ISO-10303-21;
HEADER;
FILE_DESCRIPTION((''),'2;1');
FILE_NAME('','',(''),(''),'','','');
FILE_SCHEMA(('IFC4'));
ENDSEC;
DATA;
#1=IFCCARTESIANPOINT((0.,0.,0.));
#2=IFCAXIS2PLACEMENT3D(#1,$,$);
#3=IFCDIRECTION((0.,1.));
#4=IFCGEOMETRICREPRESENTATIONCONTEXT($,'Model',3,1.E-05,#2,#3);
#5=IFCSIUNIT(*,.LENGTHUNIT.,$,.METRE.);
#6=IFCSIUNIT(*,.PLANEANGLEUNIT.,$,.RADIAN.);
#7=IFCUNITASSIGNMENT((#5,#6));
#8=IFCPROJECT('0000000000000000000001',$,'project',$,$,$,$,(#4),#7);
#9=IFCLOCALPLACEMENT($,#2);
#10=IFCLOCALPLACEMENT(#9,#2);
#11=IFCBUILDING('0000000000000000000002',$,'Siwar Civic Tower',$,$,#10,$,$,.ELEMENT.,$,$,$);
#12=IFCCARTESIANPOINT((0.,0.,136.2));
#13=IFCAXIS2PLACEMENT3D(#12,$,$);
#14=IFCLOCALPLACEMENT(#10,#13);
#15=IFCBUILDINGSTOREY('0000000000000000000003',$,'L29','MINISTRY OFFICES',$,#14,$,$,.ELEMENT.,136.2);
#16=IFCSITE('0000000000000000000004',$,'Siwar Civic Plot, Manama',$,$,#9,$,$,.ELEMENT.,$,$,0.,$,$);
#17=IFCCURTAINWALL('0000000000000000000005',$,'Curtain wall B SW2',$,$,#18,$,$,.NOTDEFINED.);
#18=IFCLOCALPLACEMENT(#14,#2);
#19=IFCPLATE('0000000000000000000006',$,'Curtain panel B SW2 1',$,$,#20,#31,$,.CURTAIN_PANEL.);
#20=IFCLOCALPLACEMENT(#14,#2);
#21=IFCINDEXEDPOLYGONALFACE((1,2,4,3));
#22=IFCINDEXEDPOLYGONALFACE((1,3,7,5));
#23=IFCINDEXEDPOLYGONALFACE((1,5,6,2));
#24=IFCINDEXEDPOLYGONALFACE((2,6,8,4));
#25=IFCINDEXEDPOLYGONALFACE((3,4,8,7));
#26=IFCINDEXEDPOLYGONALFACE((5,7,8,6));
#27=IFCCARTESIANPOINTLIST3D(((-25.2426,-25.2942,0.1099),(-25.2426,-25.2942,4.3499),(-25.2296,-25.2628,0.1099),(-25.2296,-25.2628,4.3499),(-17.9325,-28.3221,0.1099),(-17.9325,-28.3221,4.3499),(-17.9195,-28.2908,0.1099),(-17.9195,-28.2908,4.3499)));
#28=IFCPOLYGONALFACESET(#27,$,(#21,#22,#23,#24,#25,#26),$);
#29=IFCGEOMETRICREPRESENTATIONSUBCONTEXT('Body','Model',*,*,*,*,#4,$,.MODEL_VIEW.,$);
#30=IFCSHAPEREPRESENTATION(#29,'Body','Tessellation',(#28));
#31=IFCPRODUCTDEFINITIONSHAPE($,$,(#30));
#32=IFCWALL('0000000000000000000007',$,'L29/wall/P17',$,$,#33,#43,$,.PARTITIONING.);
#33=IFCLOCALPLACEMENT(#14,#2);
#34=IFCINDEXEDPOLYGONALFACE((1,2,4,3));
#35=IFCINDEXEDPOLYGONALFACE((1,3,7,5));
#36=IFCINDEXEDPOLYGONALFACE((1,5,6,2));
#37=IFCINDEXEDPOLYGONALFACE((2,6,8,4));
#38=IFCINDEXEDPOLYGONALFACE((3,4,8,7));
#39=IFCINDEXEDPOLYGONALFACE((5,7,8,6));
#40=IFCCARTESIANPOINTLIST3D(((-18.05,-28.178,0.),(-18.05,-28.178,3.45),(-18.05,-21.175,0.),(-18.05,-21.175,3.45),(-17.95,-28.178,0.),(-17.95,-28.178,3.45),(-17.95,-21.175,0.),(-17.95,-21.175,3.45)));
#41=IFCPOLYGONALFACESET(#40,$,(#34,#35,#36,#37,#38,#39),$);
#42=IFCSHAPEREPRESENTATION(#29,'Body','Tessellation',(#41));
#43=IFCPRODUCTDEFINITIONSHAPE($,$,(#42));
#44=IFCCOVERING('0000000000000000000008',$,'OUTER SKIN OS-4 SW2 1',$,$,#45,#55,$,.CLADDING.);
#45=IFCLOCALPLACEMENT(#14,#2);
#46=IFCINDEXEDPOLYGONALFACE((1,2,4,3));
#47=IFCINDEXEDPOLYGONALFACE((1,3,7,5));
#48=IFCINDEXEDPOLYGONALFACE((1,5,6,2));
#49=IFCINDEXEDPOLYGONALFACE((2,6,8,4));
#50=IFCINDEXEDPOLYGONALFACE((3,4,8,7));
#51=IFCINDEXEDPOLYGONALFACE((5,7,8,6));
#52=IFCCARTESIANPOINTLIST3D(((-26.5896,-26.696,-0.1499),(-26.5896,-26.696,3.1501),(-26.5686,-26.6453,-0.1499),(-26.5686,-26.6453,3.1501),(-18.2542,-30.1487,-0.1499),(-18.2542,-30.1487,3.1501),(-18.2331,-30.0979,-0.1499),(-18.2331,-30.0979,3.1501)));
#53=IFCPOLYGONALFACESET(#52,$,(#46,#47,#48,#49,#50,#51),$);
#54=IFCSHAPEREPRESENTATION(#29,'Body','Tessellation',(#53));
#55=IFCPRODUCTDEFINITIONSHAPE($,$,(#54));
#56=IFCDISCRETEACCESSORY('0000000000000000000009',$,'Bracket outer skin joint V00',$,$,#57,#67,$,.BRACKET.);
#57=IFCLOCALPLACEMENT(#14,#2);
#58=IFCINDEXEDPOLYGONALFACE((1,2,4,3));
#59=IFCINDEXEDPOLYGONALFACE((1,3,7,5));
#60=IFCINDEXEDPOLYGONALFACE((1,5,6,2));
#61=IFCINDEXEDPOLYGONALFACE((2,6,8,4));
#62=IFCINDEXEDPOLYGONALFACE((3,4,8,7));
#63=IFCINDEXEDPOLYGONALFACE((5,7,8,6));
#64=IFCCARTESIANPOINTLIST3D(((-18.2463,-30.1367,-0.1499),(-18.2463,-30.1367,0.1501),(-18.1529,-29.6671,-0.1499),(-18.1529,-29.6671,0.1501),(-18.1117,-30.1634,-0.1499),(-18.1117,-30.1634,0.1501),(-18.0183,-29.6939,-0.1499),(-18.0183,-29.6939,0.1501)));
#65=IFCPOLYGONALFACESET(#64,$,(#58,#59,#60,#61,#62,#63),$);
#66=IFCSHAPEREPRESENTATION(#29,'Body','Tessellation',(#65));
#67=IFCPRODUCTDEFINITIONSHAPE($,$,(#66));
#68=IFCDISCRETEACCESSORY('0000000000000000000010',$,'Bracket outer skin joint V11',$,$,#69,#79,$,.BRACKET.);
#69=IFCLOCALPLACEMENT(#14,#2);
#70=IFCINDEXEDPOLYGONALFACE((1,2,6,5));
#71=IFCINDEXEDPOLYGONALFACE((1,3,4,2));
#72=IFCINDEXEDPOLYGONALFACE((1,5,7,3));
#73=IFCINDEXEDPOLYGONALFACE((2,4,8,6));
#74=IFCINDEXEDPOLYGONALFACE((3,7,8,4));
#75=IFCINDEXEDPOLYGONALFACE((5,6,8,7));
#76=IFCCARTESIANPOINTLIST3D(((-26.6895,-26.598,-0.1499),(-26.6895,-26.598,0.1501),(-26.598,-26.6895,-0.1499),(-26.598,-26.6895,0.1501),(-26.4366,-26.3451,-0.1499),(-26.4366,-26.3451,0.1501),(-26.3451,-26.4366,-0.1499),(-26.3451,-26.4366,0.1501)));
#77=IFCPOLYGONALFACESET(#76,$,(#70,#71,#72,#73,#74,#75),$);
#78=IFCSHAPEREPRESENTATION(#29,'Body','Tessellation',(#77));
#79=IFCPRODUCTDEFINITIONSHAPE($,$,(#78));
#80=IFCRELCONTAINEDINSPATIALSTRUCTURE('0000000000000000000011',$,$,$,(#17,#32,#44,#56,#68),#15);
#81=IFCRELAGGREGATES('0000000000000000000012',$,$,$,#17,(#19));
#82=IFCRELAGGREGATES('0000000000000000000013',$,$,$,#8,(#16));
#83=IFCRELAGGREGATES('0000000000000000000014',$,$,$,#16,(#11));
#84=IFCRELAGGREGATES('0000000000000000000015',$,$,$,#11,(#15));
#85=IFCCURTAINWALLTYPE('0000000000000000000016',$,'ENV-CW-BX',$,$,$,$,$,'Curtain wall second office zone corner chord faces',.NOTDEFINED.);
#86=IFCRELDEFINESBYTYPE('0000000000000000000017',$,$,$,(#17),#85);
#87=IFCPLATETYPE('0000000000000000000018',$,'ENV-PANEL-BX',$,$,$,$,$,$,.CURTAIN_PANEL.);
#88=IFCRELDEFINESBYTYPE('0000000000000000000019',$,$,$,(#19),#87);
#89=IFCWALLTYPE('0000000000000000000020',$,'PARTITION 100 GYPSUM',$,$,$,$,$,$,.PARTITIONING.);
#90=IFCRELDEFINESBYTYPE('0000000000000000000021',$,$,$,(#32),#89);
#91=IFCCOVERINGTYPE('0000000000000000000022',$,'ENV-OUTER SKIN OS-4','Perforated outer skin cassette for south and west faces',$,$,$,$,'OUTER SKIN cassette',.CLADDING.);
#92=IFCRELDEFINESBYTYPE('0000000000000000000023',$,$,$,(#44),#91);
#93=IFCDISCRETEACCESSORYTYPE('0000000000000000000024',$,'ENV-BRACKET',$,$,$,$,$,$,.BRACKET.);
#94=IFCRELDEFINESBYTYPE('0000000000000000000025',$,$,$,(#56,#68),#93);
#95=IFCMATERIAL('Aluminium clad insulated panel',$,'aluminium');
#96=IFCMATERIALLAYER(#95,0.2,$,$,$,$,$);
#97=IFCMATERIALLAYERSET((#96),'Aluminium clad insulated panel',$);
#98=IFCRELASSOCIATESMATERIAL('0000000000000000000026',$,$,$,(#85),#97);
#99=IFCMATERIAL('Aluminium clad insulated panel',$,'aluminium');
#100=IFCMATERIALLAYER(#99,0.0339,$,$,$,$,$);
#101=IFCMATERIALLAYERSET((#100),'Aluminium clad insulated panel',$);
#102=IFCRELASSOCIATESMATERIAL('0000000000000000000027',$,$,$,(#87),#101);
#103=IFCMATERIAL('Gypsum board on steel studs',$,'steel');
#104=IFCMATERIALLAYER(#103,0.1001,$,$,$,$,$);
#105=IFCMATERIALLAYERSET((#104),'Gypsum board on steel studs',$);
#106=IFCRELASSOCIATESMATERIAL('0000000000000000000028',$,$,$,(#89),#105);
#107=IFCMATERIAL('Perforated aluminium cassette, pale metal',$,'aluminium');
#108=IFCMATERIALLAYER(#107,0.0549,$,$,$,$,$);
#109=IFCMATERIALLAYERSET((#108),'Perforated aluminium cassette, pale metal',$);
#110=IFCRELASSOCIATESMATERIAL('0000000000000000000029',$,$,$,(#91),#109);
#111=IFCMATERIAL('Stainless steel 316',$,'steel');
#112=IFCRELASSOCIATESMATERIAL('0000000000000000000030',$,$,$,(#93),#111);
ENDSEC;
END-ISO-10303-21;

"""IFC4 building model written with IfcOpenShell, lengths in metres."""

from ifc_helpers import new_model, si_unit, direction, frame, frame_2d, origin, origin_2d, place, context, subcontext, project, spatial, rectangle, extrude, material, layer, layer_set, type_object, element, aggregate, save


model = new_model("IFC4")

# Units and contexts
model_context = context("Model", 3, precision=1e-05, world=origin(), true_north=direction((0.0, 1.0)))
body_context = subcontext(model_context, "Body", "Model", "MODEL_VIEW")
ifc_project = project(units=[si_unit("LENGTHUNIT", "METRE"), si_unit("PLANEANGLEUNIT", "RADIAN")], contexts=[model_context])

# Site, building, storey
site_placement = place(None, origin())
site = spatial("IfcSite", under=ifc_project, at=site_placement, Name="Siwar Civic Plot, Manama", CompositionType="ELEMENT", RefElevation=0.0)
building_placement = place(site_placement, origin())
building = spatial("IfcBuilding", under=site, at=building_placement, Name="Siwar Civic Tower", CompositionType="ELEMENT")
storey_placement = place(building_placement, frame((0.0, 0.0, 136.2)))
storey = spatial("IfcBuildingStorey", under=building, at=storey_placement, Name="L29", Description="MINISTRY OFFICES", CompositionType="ELEMENT", Elevation=136.2)

# Curtain wall, plate
ifc_material_1 = material(Name="Aluminium clad insulated panel", Category="aluminium")
ifc_layer_1 = layer(ifc_material_1, 0.2)
ifc_layer_set_1 = layer_set([ifc_layer_1], Name="Aluminium clad insulated panel")
curtain_wall_type = type_object("IfcCurtainWallType", Name="ENV-CW-BX", ElementType="Curtain wall second office zone corner chord faces", PredefinedType="NOTDEFINED", material=ifc_layer_set_1)
curtain_wall_placement = place(storey_placement, origin())
curtain_wall = element("IfcCurtainWall", 1, at=curtain_wall_placement, inside=storey, type_object=curtain_wall_type, Name="Curtain wall B SW2", PredefinedType="NOTDEFINED")
ifc_material_2 = material(Name="Aluminium clad insulated panel", Category="aluminium")
ifc_layer_2 = layer(ifc_material_2, 0.0339)
ifc_layer_set_2 = layer_set([ifc_layer_2], Name="Aluminium clad insulated panel")
plate_type = type_object("IfcPlateType", Name="ENV-PANEL-BX", PredefinedType="CURTAIN_PANEL", material=ifc_layer_set_2)
plate_placement = place(storey_placement, frame((-21.5811, -26.7925, 0.1099), z_axis=(0.0, 0.0, 1.0), x_axis=(0.92388, -0.382683, 0.0)))
plate = element("IfcPlate", 2, at=plate_placement, type_object=plate_type, Name="Curtain panel B SW2 1", PredefinedType="CURTAIN_PANEL", context=body_context, shape_type="SweptSolid", body=[
    extrude(rectangle(XDim=7.9124, YDim=0.0339, at=origin_2d()), origin(), (0.0, 0.0, 1.0), 4.24),
])
aggregate(curtain_wall, [plate])

# Wall
ifc_material_3 = material(Name="Gypsum board on steel studs", Category="steel")
ifc_layer_3 = layer(ifc_material_3, 0.1001)
ifc_layer_set_3 = layer_set([ifc_layer_3], Name="Gypsum board on steel studs")
wall_type = type_object("IfcWallType", Name="PARTITION 100 GYPSUM", PredefinedType="PARTITIONING", material=ifc_layer_set_3)
wall_placement = place(storey_placement, frame((-18.0, -28.178, 0.0), z_axis=(0.0, 0.0, 1.0), x_axis=(0.0, 1.0, 0.0)))
element("IfcWall", 3, at=wall_placement, inside=storey, type_object=wall_type, Name="L29/wall/P17", PredefinedType="PARTITIONING", context=body_context, shape_type="SweptSolid", body=[
    extrude(rectangle(XDim=7.0029, YDim=0.1001, at=frame_2d((3.5015, 0.0))), origin(), (0.0, 0.0, 1.0), 3.45),
])

# Covering
ifc_material_4 = material(Name="Perforated aluminium cassette, pale metal", Category="aluminium")
ifc_layer_4 = layer(ifc_material_4, 0.0549)
ifc_layer_set_4 = layer_set([ifc_layer_4], Name="Perforated aluminium cassette, pale metal")
covering_type = type_object("IfcCoveringType", Name="ENV-OUTER SKIN OS-4", Description="Perforated outer skin cassette for south and west faces", ElementType="OUTER SKIN cassette", PredefinedType="CLADDING", material=ifc_layer_set_4)
covering_placement = place(storey_placement, frame((-22.4114, -28.397, -0.1499), z_axis=(0.0, 0.0, 1.0), x_axis=(0.92388, -0.382683, 0.0)))
element("IfcCovering", 4, at=covering_placement, inside=storey, type_object=covering_type, Name="OUTER SKIN OS-4 SW2 1", PredefinedType="CLADDING", context=body_context, shape_type="SweptSolid", body=[
    extrude(rectangle(XDim=9.0222, YDim=0.0549, at=origin_2d()), origin(), (0.0, 0.0, 1.0), 3.3),
])

# Discrete accessories
ifc_material_5 = material(Name="Stainless steel 316", Category="steel")
discrete_accessory_type = type_object("IfcDiscreteAccessoryType", Name="ENV-BRACKET", PredefinedType="BRACKET", material=ifc_material_5)
discrete_accessory_1_placement = place(storey_placement, frame((-18.1323, -29.9153, -0.1499), z_axis=(0.0, 0.0, 1.0), x_axis=(-0.19509, -0.980785, 0.0)))
element("IfcDiscreteAccessory", 5, at=discrete_accessory_1_placement, inside=storey, type_object=discrete_accessory_type, Name="Bracket outer skin joint V00", PredefinedType="BRACKET", context=body_context, shape_type="SweptSolid", body=[
    extrude(rectangle(XDim=0.4788, YDim=0.1372, at=origin_2d()), origin(), (0.0, 0.0, 1.0), 0.3),
])
discrete_accessory_2_placement = place(storey_placement, frame((-26.5173, -26.5173, -0.1499), z_axis=(0.0, 0.0, 1.0), x_axis=(-0.707107, -0.707107, 0.0)))
element("IfcDiscreteAccessory", 6, at=discrete_accessory_2_placement, inside=storey, type_object=discrete_accessory_type, Name="Bracket outer skin joint V11", PredefinedType="BRACKET", context=body_context, shape_type="SweptSolid", body=[
    extrude(rectangle(XDim=0.3577, YDim=0.1294, at=origin_2d()), origin(), (0.0, 0.0, 1.0), 0.3),
])

save(model, "model.ifc")
